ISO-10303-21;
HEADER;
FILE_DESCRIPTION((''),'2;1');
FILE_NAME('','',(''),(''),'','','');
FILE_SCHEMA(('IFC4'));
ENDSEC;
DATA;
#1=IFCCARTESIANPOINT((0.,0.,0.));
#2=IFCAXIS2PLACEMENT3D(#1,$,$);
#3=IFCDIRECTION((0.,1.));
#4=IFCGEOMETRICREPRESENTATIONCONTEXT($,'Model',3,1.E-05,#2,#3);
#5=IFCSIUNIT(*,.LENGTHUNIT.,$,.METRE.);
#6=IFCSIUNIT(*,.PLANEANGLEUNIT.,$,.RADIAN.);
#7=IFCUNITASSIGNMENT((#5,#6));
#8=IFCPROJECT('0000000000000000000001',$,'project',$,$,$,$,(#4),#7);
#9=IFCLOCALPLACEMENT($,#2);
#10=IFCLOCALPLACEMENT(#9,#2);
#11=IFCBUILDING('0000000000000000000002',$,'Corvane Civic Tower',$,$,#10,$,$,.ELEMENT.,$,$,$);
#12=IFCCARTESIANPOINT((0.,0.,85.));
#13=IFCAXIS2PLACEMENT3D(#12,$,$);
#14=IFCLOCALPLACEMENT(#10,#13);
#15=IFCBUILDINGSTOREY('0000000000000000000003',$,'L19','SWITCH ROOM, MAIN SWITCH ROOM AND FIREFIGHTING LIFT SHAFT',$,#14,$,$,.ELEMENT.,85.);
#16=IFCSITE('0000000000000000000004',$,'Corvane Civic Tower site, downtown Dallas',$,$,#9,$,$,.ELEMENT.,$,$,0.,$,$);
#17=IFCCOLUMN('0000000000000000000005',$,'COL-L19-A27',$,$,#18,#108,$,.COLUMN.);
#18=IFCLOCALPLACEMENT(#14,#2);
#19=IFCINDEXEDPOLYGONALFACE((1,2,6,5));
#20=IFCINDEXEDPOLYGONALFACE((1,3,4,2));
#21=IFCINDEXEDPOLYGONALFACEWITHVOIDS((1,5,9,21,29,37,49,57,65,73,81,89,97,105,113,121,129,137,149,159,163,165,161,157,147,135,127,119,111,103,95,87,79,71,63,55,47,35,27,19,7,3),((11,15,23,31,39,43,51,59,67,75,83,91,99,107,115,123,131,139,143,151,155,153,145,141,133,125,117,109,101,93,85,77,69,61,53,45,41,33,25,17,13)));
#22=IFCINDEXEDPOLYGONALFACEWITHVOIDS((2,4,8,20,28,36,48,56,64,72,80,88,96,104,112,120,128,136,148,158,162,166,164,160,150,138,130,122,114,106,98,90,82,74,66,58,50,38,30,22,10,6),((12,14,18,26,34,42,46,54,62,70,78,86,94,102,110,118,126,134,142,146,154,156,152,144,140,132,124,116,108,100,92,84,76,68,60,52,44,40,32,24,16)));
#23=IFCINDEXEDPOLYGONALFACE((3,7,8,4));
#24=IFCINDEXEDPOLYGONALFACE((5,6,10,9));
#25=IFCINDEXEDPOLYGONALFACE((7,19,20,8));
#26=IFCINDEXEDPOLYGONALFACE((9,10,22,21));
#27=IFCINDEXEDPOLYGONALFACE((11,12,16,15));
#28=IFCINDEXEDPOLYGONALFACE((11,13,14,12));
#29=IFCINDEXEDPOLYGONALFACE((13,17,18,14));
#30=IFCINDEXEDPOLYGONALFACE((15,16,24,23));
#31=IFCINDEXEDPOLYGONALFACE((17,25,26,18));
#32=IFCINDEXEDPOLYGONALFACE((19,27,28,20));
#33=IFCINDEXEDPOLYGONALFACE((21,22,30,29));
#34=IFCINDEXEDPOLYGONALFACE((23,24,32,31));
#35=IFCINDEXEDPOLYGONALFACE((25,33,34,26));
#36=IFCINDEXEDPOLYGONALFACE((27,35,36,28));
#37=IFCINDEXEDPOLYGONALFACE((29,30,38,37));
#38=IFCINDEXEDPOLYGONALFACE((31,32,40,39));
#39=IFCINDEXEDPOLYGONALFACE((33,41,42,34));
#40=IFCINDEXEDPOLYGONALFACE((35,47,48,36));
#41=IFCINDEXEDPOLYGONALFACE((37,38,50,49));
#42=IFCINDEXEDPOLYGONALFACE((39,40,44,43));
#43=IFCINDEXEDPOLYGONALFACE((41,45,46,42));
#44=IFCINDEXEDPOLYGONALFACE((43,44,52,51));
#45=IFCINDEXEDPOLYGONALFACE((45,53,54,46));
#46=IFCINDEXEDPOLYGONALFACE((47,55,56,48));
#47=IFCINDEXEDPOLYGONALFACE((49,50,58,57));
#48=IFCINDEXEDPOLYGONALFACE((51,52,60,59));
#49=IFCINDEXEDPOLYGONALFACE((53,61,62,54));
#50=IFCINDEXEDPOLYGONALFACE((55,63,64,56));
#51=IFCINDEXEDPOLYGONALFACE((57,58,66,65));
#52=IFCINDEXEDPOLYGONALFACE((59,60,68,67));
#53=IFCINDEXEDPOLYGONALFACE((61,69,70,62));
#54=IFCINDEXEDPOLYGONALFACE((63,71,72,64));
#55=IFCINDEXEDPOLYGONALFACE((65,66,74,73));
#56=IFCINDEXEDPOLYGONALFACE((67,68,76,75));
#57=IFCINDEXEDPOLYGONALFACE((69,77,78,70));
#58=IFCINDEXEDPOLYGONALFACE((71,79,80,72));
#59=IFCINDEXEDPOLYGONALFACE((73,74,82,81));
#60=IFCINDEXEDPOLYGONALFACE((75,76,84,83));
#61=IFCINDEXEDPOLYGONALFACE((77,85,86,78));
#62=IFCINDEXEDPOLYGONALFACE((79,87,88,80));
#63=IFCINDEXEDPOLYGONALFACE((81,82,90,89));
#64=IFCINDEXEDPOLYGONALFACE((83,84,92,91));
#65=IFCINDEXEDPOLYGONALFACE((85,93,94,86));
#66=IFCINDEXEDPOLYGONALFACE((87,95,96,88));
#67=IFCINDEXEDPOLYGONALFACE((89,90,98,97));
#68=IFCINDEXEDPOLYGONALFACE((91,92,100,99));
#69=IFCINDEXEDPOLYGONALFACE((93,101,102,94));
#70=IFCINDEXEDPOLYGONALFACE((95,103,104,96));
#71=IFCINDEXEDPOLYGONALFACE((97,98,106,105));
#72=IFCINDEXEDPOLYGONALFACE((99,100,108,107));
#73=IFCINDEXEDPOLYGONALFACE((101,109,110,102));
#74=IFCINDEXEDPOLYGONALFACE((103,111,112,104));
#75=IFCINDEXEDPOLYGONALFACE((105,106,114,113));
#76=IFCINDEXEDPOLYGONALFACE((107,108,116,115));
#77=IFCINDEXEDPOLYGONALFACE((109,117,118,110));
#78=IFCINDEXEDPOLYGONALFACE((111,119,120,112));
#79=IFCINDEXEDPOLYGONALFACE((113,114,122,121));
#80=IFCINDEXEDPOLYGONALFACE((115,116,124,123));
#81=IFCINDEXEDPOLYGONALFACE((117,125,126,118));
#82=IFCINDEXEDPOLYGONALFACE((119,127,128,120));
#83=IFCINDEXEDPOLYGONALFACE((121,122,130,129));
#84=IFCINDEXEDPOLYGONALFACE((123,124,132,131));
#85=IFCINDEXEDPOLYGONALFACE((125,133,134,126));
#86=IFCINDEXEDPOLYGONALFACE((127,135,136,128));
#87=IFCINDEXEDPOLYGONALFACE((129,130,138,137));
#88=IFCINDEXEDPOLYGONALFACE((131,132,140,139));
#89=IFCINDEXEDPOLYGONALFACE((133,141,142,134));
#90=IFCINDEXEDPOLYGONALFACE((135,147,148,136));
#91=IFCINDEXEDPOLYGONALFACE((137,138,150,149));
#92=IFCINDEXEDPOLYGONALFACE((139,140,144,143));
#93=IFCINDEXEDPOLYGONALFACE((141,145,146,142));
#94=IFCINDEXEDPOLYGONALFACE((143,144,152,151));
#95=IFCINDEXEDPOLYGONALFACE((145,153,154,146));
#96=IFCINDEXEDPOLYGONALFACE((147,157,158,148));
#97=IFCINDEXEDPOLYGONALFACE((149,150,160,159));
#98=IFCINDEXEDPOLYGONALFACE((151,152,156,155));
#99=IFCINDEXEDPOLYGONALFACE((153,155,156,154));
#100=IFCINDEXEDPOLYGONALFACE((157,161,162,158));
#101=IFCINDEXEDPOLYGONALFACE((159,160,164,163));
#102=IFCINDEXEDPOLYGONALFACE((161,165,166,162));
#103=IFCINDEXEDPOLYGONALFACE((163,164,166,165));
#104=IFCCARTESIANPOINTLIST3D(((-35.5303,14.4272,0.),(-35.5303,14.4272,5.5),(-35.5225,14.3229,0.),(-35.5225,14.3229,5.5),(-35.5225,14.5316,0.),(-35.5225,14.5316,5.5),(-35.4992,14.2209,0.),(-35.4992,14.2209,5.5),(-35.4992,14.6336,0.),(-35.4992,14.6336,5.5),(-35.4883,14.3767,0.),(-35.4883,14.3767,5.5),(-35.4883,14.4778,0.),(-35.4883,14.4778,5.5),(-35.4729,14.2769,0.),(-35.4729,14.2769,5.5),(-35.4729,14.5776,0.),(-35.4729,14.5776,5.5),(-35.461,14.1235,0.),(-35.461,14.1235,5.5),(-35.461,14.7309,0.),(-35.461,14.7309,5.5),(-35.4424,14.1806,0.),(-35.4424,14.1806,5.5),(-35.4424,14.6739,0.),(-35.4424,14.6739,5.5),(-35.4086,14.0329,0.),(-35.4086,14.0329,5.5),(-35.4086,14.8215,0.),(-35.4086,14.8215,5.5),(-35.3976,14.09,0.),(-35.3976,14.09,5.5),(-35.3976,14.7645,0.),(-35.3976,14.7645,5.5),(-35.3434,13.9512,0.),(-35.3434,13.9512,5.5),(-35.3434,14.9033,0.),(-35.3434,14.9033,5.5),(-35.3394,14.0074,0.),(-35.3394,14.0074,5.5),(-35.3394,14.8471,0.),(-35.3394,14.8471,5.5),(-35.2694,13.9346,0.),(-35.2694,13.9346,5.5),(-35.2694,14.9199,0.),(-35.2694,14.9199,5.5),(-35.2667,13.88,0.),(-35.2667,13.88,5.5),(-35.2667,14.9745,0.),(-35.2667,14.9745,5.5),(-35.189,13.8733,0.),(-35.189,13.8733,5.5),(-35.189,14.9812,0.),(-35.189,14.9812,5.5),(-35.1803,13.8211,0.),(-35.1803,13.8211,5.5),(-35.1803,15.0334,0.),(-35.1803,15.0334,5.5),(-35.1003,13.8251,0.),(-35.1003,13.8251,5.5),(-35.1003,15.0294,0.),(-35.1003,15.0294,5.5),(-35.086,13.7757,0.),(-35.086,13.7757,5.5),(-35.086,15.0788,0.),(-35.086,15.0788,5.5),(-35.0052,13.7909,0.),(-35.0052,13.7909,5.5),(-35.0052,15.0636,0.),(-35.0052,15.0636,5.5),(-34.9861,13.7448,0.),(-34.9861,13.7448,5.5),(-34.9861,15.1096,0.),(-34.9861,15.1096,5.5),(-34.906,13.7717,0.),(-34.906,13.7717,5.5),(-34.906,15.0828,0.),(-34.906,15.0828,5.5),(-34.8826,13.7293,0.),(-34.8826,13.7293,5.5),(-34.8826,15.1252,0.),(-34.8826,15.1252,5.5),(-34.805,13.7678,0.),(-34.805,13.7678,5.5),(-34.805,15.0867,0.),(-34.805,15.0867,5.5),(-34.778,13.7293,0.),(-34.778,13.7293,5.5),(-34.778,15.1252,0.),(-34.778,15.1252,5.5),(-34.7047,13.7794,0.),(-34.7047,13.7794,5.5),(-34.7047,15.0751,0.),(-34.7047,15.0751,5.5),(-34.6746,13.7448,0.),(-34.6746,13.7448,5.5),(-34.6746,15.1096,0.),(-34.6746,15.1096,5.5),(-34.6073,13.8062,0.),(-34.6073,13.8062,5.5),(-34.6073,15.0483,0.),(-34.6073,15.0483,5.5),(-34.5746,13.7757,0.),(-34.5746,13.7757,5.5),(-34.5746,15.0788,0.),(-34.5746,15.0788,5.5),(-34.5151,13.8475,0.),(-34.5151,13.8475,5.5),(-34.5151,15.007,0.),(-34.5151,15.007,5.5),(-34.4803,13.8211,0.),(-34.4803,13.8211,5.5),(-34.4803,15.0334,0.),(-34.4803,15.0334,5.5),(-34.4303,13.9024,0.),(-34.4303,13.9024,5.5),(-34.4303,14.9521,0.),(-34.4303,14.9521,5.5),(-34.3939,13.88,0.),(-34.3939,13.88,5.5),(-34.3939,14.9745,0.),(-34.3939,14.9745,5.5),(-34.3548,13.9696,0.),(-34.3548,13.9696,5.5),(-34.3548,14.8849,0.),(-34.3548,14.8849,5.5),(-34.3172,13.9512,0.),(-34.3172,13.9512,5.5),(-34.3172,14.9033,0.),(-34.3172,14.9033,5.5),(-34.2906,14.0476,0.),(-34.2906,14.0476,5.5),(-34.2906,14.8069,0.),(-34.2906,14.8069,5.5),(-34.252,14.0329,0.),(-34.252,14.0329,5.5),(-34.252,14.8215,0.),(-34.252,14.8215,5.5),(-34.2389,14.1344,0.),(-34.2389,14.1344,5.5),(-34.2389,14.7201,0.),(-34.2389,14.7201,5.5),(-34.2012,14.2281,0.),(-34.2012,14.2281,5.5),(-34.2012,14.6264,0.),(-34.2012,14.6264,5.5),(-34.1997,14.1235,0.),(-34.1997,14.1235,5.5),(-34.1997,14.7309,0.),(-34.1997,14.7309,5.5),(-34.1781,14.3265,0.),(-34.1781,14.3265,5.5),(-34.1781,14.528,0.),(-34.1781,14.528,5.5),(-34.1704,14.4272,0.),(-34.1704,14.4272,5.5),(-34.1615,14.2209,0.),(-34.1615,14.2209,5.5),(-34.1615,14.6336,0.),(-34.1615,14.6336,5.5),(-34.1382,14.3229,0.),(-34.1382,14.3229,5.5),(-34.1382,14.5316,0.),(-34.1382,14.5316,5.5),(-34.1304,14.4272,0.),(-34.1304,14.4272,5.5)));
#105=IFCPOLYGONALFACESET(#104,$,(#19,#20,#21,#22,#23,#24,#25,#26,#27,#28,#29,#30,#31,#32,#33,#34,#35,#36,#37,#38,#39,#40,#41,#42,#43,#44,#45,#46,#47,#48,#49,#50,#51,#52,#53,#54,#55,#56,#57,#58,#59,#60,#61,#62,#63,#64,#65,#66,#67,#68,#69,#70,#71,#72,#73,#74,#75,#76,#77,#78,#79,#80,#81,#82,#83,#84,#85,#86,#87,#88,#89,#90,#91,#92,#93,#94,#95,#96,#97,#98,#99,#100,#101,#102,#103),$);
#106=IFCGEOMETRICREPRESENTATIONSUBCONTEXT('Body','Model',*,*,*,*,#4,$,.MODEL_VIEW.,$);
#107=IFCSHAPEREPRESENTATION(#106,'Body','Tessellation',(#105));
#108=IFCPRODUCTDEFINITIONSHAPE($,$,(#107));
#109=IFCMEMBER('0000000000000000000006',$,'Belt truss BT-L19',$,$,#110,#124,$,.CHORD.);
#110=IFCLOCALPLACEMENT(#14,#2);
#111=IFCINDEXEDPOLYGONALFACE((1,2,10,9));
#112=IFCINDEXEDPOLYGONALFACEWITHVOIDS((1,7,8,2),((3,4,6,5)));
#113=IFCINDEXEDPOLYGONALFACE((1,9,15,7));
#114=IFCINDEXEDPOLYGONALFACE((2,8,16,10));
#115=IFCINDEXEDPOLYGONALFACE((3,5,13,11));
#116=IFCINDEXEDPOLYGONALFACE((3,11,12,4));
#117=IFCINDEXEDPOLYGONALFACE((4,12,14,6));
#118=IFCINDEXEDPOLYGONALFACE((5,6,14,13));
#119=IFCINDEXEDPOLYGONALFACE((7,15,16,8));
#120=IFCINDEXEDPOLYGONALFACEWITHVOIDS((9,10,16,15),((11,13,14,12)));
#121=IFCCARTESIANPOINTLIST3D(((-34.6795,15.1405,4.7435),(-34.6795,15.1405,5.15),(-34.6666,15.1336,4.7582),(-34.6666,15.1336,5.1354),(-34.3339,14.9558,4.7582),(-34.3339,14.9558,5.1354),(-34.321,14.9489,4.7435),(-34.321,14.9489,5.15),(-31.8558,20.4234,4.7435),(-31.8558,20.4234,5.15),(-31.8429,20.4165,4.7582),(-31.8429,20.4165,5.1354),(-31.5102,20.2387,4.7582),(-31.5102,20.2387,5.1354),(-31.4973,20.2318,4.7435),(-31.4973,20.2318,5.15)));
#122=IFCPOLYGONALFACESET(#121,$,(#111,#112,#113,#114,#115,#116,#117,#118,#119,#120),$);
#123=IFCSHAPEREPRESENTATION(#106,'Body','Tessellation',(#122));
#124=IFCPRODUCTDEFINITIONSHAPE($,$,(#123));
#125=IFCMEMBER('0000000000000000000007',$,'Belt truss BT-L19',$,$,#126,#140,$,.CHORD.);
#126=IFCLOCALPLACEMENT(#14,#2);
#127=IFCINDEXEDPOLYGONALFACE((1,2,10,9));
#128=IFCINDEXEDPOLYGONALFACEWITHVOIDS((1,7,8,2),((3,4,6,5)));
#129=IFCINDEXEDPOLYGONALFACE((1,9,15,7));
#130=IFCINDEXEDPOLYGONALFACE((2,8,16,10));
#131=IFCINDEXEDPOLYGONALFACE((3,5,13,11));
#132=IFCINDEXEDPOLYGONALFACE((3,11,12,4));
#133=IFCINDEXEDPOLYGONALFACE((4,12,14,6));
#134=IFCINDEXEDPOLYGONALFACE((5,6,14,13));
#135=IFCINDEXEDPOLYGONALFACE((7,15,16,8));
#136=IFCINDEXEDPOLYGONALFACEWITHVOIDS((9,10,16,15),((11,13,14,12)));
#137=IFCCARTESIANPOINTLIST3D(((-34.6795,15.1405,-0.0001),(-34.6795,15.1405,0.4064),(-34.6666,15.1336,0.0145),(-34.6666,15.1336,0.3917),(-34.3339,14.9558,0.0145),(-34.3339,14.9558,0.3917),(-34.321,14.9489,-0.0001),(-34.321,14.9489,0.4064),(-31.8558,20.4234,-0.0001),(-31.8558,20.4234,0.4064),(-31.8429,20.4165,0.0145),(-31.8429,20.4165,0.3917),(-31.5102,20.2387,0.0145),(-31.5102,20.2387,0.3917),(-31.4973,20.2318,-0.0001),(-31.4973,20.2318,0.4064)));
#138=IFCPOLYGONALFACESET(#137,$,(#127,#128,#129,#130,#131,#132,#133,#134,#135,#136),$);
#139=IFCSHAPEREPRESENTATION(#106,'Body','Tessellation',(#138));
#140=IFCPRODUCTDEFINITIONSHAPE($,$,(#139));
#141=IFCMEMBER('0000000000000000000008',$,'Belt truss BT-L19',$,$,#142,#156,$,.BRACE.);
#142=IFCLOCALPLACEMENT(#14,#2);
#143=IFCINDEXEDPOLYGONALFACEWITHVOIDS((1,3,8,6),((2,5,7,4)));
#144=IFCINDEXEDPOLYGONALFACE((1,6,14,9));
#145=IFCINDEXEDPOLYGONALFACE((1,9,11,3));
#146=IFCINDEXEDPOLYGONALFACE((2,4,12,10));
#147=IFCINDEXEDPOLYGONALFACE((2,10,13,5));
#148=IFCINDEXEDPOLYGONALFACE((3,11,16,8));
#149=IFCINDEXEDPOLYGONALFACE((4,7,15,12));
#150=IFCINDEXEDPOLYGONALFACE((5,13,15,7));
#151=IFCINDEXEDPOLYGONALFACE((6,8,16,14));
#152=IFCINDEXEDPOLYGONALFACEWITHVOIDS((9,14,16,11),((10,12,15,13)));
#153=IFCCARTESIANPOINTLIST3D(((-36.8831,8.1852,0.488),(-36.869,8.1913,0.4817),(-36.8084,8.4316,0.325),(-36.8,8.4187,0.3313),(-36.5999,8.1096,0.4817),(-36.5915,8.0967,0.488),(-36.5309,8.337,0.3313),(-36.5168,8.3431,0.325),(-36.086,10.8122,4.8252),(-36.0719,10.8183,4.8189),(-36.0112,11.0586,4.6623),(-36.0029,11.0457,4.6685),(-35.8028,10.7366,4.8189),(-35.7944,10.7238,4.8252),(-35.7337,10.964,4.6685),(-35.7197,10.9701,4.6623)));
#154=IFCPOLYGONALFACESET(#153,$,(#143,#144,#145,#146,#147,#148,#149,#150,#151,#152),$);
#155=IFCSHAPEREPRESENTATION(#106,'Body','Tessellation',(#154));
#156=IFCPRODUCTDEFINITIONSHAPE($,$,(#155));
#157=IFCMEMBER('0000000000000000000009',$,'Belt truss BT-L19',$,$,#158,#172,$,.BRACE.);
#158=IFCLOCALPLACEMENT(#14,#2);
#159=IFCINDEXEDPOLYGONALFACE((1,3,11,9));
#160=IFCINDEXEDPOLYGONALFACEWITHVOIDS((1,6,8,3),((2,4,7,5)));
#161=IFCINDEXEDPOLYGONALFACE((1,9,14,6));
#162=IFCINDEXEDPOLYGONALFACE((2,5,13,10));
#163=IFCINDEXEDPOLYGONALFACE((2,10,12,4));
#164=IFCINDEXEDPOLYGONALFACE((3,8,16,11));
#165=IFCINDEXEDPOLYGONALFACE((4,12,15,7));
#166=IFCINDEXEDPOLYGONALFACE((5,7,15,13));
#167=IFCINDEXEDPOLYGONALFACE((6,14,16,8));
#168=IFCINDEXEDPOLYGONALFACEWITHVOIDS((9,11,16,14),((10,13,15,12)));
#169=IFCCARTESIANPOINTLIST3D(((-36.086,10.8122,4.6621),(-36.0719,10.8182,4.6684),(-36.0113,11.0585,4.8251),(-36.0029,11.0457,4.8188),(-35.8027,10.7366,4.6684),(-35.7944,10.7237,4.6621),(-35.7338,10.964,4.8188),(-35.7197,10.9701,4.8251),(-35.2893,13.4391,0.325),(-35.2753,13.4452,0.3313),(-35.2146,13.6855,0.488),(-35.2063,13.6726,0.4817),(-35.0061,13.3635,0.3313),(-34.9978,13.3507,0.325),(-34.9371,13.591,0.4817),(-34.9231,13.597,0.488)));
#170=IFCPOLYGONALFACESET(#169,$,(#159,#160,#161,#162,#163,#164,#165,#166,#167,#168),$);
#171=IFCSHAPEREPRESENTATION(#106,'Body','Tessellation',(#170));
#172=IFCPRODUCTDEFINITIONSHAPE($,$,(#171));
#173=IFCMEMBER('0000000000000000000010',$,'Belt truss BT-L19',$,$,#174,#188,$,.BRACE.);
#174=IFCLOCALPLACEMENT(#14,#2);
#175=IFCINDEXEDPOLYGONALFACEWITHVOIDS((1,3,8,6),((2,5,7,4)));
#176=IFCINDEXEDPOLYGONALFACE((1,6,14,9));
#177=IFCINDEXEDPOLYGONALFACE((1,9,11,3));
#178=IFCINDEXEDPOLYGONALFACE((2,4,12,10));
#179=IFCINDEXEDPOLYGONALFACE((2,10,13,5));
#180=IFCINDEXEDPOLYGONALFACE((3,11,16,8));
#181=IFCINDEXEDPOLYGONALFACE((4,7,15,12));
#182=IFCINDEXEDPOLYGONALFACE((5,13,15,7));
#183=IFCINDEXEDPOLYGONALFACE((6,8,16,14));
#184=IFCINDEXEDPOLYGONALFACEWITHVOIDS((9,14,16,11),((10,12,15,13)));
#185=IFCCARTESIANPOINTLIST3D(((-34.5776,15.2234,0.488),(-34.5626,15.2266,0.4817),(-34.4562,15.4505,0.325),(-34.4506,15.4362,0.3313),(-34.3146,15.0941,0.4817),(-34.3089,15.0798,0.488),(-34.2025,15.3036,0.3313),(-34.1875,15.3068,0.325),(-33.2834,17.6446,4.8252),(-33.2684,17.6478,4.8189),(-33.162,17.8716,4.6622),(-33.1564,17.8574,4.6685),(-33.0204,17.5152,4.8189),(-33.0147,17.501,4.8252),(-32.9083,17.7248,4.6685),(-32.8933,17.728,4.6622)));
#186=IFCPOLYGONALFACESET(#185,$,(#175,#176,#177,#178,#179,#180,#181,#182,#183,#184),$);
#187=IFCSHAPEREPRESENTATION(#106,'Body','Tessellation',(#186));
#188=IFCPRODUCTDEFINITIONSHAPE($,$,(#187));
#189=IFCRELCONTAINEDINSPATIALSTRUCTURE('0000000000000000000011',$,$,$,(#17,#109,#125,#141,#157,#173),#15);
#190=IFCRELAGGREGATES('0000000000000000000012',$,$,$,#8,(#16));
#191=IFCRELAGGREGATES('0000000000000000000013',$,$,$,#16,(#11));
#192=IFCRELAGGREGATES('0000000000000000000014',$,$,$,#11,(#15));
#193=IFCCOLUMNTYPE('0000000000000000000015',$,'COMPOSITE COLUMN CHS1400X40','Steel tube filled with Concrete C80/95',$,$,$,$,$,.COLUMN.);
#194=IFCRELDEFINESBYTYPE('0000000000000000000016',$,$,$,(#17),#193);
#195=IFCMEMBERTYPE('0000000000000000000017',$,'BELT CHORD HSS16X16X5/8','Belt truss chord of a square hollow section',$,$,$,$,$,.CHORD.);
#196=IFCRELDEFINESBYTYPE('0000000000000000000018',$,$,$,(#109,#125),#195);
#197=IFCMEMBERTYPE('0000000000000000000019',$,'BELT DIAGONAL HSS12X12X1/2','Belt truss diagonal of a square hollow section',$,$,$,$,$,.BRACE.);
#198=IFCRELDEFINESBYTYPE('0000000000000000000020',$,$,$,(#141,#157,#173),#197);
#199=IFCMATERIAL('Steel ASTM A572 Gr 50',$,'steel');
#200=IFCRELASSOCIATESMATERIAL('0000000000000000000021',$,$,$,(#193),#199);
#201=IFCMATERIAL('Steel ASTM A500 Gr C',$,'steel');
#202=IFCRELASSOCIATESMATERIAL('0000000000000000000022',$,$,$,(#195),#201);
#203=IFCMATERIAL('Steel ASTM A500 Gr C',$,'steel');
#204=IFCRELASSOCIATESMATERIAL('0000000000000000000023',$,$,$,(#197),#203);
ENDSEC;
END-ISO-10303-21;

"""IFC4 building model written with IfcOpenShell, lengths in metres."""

from ifc_helpers import new_model, si_unit, direction, frame, origin, origin_2d, place, context, subcontext, project, spatial, hollow_rectangle, hollow_circle, extrude, material, material_profile, profile_set, type_object, element, save


model = new_model("IFC4")

# Units and contexts
model_context = context("Model", 3, precision=1e-05, world=origin(), true_north=direction((0.0, 1.0)))
body_context = subcontext(model_context, "Body", "Model", "MODEL_VIEW")
ifc_project = project(units=[si_unit("LENGTHUNIT", "METRE"), si_unit("PLANEANGLEUNIT", "RADIAN")], contexts=[model_context])

# Site, building, storey
site_placement = place(None, origin())
site = spatial("IfcSite", under=ifc_project, at=site_placement, Name="Corvane Civic Tower site, downtown Dallas", CompositionType="ELEMENT", RefElevation=0.0)
building_placement = place(site_placement, origin())
building = spatial("IfcBuilding", under=site, at=building_placement, Name="Corvane Civic Tower", CompositionType="ELEMENT")
storey_placement = place(building_placement, frame((0.0, 0.0, 85.0)))
storey = spatial("IfcBuildingStorey", under=building, at=storey_placement, Name="L19", Description="SWITCH ROOM, MAIN SWITCH ROOM AND FIREFIGHTING LIFT SHAFT", CompositionType="ELEMENT", Elevation=85.0)

# Column
ifc_material_1 = material(Name="Steel ASTM A572 Gr 50", Category="steel")
ifc_material_profile_1 = material_profile(ifc_material_1, hollow_circle(Radius=0.7, WallThickness=0.04, at=origin_2d()), Name="CHS1400X40")
ifc_profile_set_1 = profile_set([ifc_material_profile_1], Name="Steel ASTM A572 Gr 50")
column_type_1 = type_object("IfcColumnType", Name="COMPOSITE COLUMN CHS1400X40", Description="Steel tube filled with Concrete C80/95", PredefinedType="COLUMN", material=ifc_profile_set_1)
column_placement = place(storey_placement, frame((-34.8303, 14.4272, 0.0), z_axis=(0.0, 0.0, 1.0), x_axis=(1.0, 0.0, 0.0)))
element("IfcColumn", 1, at=column_placement, inside=storey, type_object=column_type_1, Name="COL-L19-A27", PredefinedType="COLUMN", context=body_context, shape_type="SweptSolid", body=[
    extrude(hollow_circle(Radius=0.7, WallThickness=0.04, at=origin_2d()), origin(), (0.0, 0.0, 1.0), 5.5),
])

# Members
ifc_material_2 = material(Name="Steel ASTM A500 Gr C", Category="steel")
ifc_material_profile_2 = material_profile(ifc_material_2, hollow_rectangle(XDim=0.4065, YDim=0.4065, WallThickness=0.0146, at=origin_2d()), Name="HSS16X16X5/8")
ifc_profile_set_2 = profile_set([ifc_material_profile_2], Name="Steel ASTM A500 Gr C")
member_type_1 = type_object("IfcMemberType", Name="BELT CHORD HSS16X16X5/8", Description="Belt truss chord of a square hollow section", PredefinedType="CHORD", material=ifc_profile_set_2)
for number, where, z_axis, x_axis, name in (
    (2, (-34.5002, 15.0447, 4.9468), (0.471388, 0.881926, 0.0), (-0.881926, 0.471388, 0.0), "Belt truss BT-L19"),
    (3, (-34.5002, 15.0447, 0.2031), (0.471388, 0.881926, 0.0), (-0.881926, 0.471388, 0.0), "Belt truss BT-L19"),
):
    element("IfcMember", number, at=place(storey_placement, frame(where, z_axis=z_axis, x_axis=x_axis)), inside=storey, type_object=member_type_1, Name=name, PredefinedType="CHORD", context=body_context, shape_type="SweptSolid", body=[
        extrude(hollow_rectangle(XDim=0.4065, YDim=0.4065, WallThickness=0.0146, at=origin_2d()), origin(), (0.0, 0.0, 1.0), 5.9902),
    ])
ifc_material_3 = material(Name="Steel ASTM A500 Gr C", Category="steel")
ifc_material_profile_3 = material_profile(ifc_material_3, hollow_rectangle(XDim=0.3047, YDim=0.3047, WallThickness=0.0117, at=origin_2d()), Name="HSS12X12X1/2")
ifc_profile_set_3 = profile_set([ifc_material_profile_3], Name="Steel ASTM A500 Gr C")
member_type_2 = type_object("IfcMemberType", Name="BELT DIAGONAL HSS12X12X1/2", Description="Belt truss diagonal of a square hollow section", PredefinedType="BRACE", material=ifc_profile_set_3)
member_1_placement = place(storey_placement, frame((-36.7, 8.2642, 0.4065), z_axis=(0.155294, 0.511782, 0.844963), x_axis=(-0.956916, 0.290365, 0.0)))
element("IfcMember", 4, at=member_1_placement, inside=storey, type_object=member_type_2, Name="Belt truss BT-L19", PredefinedType="BRACE", context=body_context, shape_type="SweptSolid", body=[
    extrude(hollow_rectangle(XDim=0.3047, YDim=0.3047, WallThickness=0.0117, at=origin_2d()), origin(), (0.0, 0.0, 1.0), 5.1331),
])
member_2_placement = place(storey_placement, frame((-35.1062, 13.5181, 0.4065), z_axis=(-0.155202, -0.511789, 0.844976), x_axis=(0.956965, -0.290202, 0.0)))
element("IfcMember", 5, at=member_2_placement, inside=storey, type_object=member_type_2, Name="Belt truss BT-L19", PredefinedType="BRACE", context=body_context, shape_type="SweptSolid", body=[
    extrude(hollow_rectangle(XDim=0.3047, YDim=0.3047, WallThickness=0.0117, at=origin_2d()), origin(), (0.0, 0.0, 1.0), 5.1328),
])
member_3_placement = place(storey_placement, frame((-34.3826, 15.2651, 0.4065), z_axis=(0.252131, 0.471681, 0.844954), x_axis=(-0.881912, 0.471414, 0.0)))
element("IfcMember", 6, at=member_3_placement, inside=storey, type_object=member_type_2, Name="Belt truss BT-L19", PredefinedType="BRACE", context=body_context, shape_type="SweptSolid", body=[
    extrude(hollow_rectangle(XDim=0.3047, YDim=0.3047, WallThickness=0.0117, at=origin_2d()), origin(), (0.0, 0.0, 1.0), 5.1331),
])

save(model, "model.ifc")
